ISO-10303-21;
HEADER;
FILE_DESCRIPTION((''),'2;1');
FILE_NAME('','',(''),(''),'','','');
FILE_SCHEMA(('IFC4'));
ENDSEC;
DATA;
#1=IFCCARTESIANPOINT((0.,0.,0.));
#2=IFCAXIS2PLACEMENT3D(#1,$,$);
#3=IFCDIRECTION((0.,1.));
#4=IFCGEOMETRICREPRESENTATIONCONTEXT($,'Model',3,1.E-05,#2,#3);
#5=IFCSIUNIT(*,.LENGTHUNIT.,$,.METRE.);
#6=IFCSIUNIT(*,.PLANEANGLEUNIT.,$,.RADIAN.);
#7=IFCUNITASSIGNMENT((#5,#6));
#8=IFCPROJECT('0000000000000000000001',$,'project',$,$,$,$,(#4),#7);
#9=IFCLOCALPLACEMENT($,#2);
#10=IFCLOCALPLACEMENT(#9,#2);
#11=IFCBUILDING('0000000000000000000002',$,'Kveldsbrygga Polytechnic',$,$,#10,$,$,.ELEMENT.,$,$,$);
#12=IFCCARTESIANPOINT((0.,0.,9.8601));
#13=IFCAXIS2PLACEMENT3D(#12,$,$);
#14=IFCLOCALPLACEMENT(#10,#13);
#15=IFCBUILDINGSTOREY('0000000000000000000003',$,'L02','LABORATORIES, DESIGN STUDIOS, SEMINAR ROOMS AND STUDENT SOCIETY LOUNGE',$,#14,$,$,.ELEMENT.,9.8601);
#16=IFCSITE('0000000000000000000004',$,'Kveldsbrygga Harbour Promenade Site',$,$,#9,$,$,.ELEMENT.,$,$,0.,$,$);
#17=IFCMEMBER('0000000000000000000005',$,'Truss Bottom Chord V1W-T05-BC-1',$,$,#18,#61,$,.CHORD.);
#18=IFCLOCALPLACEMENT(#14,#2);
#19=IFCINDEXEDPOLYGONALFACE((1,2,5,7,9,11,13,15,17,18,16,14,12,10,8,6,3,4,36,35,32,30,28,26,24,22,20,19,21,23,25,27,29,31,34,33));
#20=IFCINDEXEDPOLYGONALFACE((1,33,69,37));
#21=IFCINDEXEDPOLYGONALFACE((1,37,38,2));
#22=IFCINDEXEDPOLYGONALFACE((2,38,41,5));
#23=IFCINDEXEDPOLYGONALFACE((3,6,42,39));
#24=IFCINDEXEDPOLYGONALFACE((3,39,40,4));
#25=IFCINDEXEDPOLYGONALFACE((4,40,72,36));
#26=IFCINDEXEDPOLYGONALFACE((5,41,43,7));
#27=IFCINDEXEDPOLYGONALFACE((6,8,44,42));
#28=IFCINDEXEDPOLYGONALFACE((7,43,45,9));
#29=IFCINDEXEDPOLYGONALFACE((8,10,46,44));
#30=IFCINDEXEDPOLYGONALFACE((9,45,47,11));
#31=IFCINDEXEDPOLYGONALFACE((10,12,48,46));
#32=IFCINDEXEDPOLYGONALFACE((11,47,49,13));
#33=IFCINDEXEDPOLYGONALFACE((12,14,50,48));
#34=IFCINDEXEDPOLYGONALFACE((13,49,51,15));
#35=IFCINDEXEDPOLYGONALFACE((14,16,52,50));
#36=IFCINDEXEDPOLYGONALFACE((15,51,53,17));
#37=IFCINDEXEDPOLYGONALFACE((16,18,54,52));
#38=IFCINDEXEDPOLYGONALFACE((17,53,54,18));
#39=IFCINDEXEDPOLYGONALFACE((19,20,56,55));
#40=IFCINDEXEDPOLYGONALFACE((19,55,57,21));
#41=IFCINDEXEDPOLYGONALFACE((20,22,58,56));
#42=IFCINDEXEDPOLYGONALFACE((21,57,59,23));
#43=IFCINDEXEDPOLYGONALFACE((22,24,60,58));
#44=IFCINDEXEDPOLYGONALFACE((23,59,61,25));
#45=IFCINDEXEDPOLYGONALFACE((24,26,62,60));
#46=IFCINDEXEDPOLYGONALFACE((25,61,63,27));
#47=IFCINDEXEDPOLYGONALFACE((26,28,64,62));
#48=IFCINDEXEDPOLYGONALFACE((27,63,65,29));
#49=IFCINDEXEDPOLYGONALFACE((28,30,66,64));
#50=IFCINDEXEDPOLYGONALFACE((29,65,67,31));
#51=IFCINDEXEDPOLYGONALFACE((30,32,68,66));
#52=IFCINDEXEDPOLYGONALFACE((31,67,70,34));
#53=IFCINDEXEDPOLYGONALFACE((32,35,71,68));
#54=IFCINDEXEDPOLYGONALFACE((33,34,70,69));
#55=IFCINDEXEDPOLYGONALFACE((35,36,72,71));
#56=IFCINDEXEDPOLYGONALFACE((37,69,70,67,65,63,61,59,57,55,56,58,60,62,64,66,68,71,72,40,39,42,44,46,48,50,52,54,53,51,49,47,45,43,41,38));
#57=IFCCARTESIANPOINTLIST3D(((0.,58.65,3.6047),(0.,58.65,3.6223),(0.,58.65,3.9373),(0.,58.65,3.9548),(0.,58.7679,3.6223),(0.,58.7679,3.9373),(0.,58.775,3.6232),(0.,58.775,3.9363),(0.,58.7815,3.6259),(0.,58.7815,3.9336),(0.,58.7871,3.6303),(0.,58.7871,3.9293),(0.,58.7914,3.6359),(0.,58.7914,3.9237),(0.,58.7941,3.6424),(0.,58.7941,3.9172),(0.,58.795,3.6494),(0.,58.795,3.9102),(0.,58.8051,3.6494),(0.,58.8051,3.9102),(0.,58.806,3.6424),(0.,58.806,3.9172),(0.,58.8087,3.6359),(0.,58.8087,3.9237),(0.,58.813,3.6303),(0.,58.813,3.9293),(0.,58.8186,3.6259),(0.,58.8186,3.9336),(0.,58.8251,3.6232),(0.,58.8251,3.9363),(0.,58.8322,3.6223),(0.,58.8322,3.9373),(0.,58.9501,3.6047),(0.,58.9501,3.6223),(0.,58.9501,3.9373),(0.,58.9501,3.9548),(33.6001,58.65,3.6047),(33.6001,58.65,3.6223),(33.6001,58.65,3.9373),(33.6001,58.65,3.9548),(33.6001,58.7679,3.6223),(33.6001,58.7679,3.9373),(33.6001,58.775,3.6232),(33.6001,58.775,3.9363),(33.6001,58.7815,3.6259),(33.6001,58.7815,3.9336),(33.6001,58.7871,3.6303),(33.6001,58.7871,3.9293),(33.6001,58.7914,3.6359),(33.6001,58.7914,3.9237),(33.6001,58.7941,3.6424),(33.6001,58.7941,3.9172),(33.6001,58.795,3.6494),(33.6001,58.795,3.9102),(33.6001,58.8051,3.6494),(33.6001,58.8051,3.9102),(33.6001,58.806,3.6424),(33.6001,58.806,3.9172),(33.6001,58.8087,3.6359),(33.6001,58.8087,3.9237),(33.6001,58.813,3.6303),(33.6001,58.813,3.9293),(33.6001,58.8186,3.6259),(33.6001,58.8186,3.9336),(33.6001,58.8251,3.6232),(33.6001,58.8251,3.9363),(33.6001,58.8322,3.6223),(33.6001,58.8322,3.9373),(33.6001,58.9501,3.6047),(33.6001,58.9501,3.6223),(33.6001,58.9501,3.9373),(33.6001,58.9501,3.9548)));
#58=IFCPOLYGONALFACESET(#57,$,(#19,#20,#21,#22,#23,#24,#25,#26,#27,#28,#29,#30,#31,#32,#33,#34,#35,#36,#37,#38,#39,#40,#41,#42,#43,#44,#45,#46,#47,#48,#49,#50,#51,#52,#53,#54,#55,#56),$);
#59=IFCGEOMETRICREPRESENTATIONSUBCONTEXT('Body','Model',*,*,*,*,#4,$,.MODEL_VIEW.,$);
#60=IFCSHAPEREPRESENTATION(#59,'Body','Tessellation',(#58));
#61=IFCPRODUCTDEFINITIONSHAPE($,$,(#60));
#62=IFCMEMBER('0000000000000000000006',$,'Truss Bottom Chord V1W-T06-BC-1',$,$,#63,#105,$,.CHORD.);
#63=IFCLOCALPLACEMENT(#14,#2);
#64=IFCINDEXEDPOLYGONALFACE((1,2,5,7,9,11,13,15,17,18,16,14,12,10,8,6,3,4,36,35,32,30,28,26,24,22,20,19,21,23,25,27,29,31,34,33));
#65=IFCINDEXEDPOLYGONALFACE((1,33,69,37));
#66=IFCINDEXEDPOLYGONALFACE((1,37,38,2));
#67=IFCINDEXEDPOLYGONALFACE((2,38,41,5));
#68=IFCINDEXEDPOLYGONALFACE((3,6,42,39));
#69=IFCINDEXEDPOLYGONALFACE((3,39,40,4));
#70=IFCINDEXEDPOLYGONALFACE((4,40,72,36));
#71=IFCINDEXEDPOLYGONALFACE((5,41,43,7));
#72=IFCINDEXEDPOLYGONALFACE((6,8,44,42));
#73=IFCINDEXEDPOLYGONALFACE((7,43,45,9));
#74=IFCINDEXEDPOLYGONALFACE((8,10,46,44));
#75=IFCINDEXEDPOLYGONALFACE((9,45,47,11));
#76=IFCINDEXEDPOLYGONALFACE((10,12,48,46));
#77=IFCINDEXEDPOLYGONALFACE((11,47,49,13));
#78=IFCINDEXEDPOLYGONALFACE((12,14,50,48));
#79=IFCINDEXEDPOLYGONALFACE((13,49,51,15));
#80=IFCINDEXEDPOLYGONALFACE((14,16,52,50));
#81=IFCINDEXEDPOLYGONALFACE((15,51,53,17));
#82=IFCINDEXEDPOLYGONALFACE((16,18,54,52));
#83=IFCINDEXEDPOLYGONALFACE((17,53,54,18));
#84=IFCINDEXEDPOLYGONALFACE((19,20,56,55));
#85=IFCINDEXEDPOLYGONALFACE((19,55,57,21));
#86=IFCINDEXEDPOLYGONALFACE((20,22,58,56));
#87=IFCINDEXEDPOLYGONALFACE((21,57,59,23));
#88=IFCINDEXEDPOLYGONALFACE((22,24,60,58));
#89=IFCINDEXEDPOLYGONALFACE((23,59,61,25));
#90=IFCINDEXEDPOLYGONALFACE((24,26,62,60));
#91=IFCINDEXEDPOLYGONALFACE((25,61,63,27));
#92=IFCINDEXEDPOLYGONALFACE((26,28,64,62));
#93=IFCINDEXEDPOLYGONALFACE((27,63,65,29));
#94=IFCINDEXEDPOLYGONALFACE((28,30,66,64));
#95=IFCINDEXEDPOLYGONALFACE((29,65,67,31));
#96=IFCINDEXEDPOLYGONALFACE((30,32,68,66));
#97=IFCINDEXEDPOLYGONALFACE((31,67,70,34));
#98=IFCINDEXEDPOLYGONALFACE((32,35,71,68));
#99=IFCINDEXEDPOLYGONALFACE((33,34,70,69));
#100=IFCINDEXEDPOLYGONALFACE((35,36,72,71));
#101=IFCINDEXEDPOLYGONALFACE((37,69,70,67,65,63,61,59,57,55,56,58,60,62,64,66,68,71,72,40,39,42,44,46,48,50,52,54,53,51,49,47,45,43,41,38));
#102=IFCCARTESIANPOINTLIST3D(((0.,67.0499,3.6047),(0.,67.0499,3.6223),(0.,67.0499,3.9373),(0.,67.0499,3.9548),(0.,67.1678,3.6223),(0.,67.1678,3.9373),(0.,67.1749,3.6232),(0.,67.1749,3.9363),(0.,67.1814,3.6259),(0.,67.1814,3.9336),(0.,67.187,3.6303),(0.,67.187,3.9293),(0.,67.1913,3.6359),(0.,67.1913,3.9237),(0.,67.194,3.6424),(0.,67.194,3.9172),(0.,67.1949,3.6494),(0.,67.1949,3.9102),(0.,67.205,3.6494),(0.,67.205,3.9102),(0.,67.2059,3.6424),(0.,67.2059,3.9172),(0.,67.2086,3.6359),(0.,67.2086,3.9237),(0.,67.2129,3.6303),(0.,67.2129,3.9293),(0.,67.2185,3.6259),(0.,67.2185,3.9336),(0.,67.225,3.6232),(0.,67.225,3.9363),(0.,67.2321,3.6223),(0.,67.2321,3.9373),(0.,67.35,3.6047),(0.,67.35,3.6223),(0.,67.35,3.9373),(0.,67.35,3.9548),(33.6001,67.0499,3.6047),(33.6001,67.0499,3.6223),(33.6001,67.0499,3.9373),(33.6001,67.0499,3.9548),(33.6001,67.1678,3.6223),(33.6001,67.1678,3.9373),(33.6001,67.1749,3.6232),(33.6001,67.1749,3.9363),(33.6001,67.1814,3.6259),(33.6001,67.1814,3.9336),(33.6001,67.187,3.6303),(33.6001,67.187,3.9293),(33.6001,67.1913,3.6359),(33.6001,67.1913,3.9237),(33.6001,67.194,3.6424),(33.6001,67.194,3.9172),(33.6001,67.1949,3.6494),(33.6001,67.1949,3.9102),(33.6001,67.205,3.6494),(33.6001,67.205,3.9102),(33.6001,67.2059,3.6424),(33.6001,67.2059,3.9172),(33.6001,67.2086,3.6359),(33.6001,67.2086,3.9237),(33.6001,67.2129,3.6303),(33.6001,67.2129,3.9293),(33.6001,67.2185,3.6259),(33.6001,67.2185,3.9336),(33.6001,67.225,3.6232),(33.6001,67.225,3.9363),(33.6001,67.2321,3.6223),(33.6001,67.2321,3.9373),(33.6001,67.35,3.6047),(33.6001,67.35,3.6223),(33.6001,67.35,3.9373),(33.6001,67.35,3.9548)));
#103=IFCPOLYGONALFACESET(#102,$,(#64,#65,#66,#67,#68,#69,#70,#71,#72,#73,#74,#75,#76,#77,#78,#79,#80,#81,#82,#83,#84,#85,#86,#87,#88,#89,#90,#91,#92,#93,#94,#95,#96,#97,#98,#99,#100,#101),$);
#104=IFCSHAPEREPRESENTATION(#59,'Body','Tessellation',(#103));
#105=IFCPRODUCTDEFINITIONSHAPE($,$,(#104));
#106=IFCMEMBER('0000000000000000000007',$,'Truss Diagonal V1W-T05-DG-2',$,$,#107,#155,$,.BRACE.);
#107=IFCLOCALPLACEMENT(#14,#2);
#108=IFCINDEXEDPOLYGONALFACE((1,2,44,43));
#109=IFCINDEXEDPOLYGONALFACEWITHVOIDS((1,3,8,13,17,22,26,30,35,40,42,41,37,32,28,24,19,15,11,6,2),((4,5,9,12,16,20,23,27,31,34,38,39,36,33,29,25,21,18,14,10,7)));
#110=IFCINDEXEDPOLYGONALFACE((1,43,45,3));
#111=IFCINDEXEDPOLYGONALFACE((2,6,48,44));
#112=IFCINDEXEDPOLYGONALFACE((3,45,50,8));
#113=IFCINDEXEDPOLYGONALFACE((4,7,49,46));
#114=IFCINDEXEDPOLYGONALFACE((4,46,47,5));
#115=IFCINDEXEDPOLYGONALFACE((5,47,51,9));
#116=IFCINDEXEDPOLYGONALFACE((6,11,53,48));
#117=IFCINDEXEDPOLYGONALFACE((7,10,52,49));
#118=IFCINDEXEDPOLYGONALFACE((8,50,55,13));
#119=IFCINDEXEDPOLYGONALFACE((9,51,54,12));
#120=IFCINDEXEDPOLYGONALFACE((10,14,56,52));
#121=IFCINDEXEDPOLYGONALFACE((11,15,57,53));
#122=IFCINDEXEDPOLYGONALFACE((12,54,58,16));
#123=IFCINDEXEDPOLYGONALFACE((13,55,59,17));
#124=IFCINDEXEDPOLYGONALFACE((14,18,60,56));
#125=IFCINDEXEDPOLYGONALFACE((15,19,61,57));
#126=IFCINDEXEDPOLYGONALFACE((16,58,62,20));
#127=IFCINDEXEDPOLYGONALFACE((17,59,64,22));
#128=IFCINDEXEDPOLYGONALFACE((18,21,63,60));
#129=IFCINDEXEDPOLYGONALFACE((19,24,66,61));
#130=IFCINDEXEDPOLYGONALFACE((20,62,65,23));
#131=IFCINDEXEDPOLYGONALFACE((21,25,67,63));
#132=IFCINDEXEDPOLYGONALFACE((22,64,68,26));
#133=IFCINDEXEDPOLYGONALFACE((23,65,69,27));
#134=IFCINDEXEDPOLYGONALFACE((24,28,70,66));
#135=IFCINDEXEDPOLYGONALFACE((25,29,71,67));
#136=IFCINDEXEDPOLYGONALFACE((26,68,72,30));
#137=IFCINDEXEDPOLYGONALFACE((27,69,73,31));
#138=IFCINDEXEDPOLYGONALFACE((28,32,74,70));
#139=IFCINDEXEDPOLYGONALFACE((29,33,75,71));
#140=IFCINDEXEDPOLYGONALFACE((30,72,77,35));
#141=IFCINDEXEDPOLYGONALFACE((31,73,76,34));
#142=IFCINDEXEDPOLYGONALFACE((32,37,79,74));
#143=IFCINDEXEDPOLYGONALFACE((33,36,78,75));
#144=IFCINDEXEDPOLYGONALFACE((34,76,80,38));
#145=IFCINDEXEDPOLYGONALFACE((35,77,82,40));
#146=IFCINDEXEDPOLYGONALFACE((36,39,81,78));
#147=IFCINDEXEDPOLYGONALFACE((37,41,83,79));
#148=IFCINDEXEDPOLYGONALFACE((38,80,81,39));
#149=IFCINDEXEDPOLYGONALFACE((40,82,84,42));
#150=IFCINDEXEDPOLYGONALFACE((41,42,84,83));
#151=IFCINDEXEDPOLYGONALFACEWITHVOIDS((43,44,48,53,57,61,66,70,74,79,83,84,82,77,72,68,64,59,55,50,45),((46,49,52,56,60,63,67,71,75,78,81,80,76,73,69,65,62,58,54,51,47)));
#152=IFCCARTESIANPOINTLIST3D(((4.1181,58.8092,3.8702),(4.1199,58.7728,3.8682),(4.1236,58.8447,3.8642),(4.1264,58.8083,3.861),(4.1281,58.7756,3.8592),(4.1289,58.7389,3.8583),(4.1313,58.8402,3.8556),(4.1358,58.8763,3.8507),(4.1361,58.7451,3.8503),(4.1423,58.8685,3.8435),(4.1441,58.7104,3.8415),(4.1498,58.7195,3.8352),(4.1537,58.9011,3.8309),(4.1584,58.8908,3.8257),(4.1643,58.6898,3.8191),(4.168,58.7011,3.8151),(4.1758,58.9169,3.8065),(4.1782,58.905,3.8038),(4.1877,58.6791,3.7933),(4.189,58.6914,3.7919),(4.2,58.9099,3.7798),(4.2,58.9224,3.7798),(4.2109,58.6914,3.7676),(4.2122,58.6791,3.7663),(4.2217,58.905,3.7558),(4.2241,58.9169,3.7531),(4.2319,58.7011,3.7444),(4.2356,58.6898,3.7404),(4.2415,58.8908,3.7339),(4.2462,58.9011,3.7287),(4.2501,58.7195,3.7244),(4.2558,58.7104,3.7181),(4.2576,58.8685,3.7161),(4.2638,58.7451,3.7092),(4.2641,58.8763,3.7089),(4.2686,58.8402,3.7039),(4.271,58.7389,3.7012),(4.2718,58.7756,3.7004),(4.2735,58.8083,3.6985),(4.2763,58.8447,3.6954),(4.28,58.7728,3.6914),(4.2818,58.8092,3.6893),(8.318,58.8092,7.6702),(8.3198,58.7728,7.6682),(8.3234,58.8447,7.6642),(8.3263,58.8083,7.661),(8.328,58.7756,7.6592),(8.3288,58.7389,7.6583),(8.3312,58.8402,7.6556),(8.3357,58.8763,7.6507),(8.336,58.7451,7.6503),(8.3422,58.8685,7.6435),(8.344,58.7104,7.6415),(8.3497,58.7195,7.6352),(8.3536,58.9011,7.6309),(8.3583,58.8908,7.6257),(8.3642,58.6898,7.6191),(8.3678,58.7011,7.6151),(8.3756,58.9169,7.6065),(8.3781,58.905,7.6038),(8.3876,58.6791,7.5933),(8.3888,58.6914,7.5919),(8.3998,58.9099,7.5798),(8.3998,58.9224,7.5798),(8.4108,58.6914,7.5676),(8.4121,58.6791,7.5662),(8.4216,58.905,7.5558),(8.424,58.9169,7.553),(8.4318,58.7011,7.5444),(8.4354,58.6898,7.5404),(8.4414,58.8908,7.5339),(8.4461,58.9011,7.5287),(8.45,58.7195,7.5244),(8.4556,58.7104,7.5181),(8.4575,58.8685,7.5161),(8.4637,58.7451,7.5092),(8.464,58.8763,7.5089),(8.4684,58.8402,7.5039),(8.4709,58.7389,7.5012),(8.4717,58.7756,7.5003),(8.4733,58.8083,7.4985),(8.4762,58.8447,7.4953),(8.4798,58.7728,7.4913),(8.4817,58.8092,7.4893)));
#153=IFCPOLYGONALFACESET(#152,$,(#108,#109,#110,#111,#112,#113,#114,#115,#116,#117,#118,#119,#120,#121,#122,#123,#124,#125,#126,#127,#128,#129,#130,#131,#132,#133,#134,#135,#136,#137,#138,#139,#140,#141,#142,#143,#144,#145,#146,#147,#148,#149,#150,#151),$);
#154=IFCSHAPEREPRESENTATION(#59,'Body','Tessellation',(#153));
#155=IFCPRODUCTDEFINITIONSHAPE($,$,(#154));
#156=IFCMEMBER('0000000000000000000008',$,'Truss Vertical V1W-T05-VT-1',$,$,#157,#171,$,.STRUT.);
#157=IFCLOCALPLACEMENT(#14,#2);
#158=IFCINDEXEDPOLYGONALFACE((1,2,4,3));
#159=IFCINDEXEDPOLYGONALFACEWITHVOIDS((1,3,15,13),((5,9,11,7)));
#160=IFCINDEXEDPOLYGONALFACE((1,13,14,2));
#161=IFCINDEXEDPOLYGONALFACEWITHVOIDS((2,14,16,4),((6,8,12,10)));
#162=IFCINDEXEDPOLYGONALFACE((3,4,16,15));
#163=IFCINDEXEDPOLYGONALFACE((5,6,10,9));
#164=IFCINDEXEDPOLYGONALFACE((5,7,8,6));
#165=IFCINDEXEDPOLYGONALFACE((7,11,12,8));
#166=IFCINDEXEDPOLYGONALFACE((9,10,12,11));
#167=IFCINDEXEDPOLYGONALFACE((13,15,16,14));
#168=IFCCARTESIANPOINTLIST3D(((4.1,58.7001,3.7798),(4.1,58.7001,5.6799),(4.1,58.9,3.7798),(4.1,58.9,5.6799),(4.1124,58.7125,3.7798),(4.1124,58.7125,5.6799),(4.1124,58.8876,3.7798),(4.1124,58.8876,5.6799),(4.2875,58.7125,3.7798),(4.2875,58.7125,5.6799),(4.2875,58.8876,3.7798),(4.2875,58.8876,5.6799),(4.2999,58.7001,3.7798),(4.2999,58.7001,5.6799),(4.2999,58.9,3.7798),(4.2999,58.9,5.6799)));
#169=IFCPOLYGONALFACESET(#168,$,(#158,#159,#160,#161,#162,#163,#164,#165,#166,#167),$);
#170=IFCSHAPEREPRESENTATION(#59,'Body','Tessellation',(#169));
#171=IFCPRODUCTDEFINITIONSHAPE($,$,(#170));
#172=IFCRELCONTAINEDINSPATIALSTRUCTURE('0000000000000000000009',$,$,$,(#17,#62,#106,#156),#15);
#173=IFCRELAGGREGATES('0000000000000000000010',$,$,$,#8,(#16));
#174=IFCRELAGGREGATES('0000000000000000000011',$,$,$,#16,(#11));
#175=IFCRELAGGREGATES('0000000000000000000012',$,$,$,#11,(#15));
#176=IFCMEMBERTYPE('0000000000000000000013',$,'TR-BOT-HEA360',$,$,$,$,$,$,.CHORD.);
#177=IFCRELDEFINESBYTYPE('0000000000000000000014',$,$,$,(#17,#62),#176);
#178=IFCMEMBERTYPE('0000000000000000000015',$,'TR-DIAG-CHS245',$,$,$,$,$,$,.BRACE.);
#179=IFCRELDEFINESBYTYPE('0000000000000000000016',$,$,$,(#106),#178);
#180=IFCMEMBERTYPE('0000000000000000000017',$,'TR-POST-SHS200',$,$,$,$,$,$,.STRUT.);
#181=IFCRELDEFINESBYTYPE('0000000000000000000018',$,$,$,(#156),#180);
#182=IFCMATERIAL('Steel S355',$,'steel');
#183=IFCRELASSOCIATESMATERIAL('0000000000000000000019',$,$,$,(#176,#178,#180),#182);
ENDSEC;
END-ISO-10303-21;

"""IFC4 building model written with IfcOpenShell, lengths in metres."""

from ifc_helpers import new_model, si_unit, direction, frame, origin, origin_2d, place, context, subcontext, project, spatial, hollow_rectangle, hollow_circle, i_section, extrude, material, material_profile, profile_set, type_object, element, save


model = new_model("IFC4")

# Units and contexts
model_context = context("Model", 3, precision=1e-05, world=origin(), true_north=direction((0.0, 1.0)))
body_context = subcontext(model_context, "Body", "Model", "MODEL_VIEW")
ifc_project = project(units=[si_unit("LENGTHUNIT", "METRE"), si_unit("PLANEANGLEUNIT", "RADIAN")], contexts=[model_context])

# Site, building, storey
site_placement = place(None, origin())
site = spatial("IfcSite", under=ifc_project, at=site_placement, Name="Kveldsbrygga Harbour Promenade Site", CompositionType="ELEMENT", RefElevation=0.0)
building_placement = place(site_placement, origin())
building = spatial("IfcBuilding", under=site, at=building_placement, Name="Kveldsbrygga Polytechnic", CompositionType="ELEMENT")
storey_placement = place(building_placement, frame((0.0, 0.0, 9.8601)))
storey = spatial("IfcBuildingStorey", under=building, at=storey_placement, Name="L02", Description="LABORATORIES, DESIGN STUDIOS, SEMINAR ROOMS AND STUDENT SOCIETY LOUNGE", CompositionType="ELEMENT", Elevation=9.8601)

# Shared definitions
ifc_material_1 = material(Name="Steel S355", Category="steel")

# Members
ifc_material_profile_1 = material_profile(ifc_material_1, i_section(OverallWidth=0.3, OverallDepth=0.3501, WebThickness=0.01, FlangeThickness=0.0176, FilletRadius=0.0271, at=origin_2d()), Name="HEA 360")
ifc_profile_set_1 = profile_set([ifc_material_profile_1], Name="Steel S355")
member_type_1 = type_object("IfcMemberType", Name="TR-BOT-HEA360", PredefinedType="CHORD", material=ifc_profile_set_1)
for number, where, z_axis, x_axis, name in (
    (1, (0.0, 58.8, 3.7798), (1.0, 0.0, 0.0), (0.0, 1.0, 0.0), "Truss Bottom Chord V1W-T05-BC-1"),
    (2, (0.0, 67.2, 3.7798), (1.0, 0.0, 0.0), (0.0, 1.0, 0.0), "Truss Bottom Chord V1W-T06-BC-1"),
):
    element("IfcMember", number, at=place(storey_placement, frame(where, z_axis=z_axis, x_axis=x_axis)), inside=storey, type_object=member_type_1, Name=name, PredefinedType="CHORD", context=body_context, shape_type="SweptSolid", body=[
        extrude(i_section(OverallWidth=0.3, OverallDepth=0.3501, WebThickness=0.01, FlangeThickness=0.0176, FilletRadius=0.0271, at=origin_2d()), origin(), (0.0, 0.0, 1.0), 33.6001),
    ])
ifc_material_profile_2 = material_profile(ifc_material_1, hollow_circle(Radius=0.1223, WallThickness=0.0125, at=origin_2d()), Name="CHS 244.5x12.5")
ifc_profile_set_2 = profile_set([ifc_material_profile_2], Name="Steel S355")
member_type_2 = type_object("IfcMemberType", Name="TR-DIAG-CHS245", PredefinedType="BRACE", material=ifc_profile_set_2)
member_1_placement = place(storey_placement, frame((4.2, 58.8, 3.7798), z_axis=(0.741528, 0.0, 0.670922), x_axis=(0.0, 1.0, 0.0)))
element("IfcMember", 3, at=member_1_placement, inside=storey, type_object=member_type_2, Name="Truss Diagonal V1W-T05-DG-2", PredefinedType="BRACE", context=body_context, shape_type="SweptSolid", body=[
    extrude(hollow_circle(Radius=0.1223, WallThickness=0.0125, at=origin_2d()), origin(), (0.0, 0.0, 1.0), 5.6638),
])
ifc_material_profile_3 = material_profile(ifc_material_1, hollow_rectangle(XDim=0.2, YDim=0.2, WallThickness=0.0125, at=origin_2d()), Name="SHS 200x200x12.5")
ifc_profile_set_3 = profile_set([ifc_material_profile_3], Name="Steel S355")
member_type_3 = type_object("IfcMemberType", Name="TR-POST-SHS200", PredefinedType="STRUT", material=ifc_profile_set_3)
member_2_placement = place(storey_placement, frame((4.2, 58.8, 3.7798), z_axis=(0.0, 0.0, 1.0), x_axis=(1.0, 0.0, 0.0)))
element("IfcMember", 4, at=member_2_placement, inside=storey, type_object=member_type_3, Name="Truss Vertical V1W-T05-VT-1", PredefinedType="STRUT", context=body_context, shape_type="SweptSolid", body=[
    extrude(hollow_rectangle(XDim=0.2, YDim=0.2, WallThickness=0.0125, at=origin_2d()), origin(), (0.0, 0.0, 1.0), 1.9001),
])

save(model, "model.ifc")
